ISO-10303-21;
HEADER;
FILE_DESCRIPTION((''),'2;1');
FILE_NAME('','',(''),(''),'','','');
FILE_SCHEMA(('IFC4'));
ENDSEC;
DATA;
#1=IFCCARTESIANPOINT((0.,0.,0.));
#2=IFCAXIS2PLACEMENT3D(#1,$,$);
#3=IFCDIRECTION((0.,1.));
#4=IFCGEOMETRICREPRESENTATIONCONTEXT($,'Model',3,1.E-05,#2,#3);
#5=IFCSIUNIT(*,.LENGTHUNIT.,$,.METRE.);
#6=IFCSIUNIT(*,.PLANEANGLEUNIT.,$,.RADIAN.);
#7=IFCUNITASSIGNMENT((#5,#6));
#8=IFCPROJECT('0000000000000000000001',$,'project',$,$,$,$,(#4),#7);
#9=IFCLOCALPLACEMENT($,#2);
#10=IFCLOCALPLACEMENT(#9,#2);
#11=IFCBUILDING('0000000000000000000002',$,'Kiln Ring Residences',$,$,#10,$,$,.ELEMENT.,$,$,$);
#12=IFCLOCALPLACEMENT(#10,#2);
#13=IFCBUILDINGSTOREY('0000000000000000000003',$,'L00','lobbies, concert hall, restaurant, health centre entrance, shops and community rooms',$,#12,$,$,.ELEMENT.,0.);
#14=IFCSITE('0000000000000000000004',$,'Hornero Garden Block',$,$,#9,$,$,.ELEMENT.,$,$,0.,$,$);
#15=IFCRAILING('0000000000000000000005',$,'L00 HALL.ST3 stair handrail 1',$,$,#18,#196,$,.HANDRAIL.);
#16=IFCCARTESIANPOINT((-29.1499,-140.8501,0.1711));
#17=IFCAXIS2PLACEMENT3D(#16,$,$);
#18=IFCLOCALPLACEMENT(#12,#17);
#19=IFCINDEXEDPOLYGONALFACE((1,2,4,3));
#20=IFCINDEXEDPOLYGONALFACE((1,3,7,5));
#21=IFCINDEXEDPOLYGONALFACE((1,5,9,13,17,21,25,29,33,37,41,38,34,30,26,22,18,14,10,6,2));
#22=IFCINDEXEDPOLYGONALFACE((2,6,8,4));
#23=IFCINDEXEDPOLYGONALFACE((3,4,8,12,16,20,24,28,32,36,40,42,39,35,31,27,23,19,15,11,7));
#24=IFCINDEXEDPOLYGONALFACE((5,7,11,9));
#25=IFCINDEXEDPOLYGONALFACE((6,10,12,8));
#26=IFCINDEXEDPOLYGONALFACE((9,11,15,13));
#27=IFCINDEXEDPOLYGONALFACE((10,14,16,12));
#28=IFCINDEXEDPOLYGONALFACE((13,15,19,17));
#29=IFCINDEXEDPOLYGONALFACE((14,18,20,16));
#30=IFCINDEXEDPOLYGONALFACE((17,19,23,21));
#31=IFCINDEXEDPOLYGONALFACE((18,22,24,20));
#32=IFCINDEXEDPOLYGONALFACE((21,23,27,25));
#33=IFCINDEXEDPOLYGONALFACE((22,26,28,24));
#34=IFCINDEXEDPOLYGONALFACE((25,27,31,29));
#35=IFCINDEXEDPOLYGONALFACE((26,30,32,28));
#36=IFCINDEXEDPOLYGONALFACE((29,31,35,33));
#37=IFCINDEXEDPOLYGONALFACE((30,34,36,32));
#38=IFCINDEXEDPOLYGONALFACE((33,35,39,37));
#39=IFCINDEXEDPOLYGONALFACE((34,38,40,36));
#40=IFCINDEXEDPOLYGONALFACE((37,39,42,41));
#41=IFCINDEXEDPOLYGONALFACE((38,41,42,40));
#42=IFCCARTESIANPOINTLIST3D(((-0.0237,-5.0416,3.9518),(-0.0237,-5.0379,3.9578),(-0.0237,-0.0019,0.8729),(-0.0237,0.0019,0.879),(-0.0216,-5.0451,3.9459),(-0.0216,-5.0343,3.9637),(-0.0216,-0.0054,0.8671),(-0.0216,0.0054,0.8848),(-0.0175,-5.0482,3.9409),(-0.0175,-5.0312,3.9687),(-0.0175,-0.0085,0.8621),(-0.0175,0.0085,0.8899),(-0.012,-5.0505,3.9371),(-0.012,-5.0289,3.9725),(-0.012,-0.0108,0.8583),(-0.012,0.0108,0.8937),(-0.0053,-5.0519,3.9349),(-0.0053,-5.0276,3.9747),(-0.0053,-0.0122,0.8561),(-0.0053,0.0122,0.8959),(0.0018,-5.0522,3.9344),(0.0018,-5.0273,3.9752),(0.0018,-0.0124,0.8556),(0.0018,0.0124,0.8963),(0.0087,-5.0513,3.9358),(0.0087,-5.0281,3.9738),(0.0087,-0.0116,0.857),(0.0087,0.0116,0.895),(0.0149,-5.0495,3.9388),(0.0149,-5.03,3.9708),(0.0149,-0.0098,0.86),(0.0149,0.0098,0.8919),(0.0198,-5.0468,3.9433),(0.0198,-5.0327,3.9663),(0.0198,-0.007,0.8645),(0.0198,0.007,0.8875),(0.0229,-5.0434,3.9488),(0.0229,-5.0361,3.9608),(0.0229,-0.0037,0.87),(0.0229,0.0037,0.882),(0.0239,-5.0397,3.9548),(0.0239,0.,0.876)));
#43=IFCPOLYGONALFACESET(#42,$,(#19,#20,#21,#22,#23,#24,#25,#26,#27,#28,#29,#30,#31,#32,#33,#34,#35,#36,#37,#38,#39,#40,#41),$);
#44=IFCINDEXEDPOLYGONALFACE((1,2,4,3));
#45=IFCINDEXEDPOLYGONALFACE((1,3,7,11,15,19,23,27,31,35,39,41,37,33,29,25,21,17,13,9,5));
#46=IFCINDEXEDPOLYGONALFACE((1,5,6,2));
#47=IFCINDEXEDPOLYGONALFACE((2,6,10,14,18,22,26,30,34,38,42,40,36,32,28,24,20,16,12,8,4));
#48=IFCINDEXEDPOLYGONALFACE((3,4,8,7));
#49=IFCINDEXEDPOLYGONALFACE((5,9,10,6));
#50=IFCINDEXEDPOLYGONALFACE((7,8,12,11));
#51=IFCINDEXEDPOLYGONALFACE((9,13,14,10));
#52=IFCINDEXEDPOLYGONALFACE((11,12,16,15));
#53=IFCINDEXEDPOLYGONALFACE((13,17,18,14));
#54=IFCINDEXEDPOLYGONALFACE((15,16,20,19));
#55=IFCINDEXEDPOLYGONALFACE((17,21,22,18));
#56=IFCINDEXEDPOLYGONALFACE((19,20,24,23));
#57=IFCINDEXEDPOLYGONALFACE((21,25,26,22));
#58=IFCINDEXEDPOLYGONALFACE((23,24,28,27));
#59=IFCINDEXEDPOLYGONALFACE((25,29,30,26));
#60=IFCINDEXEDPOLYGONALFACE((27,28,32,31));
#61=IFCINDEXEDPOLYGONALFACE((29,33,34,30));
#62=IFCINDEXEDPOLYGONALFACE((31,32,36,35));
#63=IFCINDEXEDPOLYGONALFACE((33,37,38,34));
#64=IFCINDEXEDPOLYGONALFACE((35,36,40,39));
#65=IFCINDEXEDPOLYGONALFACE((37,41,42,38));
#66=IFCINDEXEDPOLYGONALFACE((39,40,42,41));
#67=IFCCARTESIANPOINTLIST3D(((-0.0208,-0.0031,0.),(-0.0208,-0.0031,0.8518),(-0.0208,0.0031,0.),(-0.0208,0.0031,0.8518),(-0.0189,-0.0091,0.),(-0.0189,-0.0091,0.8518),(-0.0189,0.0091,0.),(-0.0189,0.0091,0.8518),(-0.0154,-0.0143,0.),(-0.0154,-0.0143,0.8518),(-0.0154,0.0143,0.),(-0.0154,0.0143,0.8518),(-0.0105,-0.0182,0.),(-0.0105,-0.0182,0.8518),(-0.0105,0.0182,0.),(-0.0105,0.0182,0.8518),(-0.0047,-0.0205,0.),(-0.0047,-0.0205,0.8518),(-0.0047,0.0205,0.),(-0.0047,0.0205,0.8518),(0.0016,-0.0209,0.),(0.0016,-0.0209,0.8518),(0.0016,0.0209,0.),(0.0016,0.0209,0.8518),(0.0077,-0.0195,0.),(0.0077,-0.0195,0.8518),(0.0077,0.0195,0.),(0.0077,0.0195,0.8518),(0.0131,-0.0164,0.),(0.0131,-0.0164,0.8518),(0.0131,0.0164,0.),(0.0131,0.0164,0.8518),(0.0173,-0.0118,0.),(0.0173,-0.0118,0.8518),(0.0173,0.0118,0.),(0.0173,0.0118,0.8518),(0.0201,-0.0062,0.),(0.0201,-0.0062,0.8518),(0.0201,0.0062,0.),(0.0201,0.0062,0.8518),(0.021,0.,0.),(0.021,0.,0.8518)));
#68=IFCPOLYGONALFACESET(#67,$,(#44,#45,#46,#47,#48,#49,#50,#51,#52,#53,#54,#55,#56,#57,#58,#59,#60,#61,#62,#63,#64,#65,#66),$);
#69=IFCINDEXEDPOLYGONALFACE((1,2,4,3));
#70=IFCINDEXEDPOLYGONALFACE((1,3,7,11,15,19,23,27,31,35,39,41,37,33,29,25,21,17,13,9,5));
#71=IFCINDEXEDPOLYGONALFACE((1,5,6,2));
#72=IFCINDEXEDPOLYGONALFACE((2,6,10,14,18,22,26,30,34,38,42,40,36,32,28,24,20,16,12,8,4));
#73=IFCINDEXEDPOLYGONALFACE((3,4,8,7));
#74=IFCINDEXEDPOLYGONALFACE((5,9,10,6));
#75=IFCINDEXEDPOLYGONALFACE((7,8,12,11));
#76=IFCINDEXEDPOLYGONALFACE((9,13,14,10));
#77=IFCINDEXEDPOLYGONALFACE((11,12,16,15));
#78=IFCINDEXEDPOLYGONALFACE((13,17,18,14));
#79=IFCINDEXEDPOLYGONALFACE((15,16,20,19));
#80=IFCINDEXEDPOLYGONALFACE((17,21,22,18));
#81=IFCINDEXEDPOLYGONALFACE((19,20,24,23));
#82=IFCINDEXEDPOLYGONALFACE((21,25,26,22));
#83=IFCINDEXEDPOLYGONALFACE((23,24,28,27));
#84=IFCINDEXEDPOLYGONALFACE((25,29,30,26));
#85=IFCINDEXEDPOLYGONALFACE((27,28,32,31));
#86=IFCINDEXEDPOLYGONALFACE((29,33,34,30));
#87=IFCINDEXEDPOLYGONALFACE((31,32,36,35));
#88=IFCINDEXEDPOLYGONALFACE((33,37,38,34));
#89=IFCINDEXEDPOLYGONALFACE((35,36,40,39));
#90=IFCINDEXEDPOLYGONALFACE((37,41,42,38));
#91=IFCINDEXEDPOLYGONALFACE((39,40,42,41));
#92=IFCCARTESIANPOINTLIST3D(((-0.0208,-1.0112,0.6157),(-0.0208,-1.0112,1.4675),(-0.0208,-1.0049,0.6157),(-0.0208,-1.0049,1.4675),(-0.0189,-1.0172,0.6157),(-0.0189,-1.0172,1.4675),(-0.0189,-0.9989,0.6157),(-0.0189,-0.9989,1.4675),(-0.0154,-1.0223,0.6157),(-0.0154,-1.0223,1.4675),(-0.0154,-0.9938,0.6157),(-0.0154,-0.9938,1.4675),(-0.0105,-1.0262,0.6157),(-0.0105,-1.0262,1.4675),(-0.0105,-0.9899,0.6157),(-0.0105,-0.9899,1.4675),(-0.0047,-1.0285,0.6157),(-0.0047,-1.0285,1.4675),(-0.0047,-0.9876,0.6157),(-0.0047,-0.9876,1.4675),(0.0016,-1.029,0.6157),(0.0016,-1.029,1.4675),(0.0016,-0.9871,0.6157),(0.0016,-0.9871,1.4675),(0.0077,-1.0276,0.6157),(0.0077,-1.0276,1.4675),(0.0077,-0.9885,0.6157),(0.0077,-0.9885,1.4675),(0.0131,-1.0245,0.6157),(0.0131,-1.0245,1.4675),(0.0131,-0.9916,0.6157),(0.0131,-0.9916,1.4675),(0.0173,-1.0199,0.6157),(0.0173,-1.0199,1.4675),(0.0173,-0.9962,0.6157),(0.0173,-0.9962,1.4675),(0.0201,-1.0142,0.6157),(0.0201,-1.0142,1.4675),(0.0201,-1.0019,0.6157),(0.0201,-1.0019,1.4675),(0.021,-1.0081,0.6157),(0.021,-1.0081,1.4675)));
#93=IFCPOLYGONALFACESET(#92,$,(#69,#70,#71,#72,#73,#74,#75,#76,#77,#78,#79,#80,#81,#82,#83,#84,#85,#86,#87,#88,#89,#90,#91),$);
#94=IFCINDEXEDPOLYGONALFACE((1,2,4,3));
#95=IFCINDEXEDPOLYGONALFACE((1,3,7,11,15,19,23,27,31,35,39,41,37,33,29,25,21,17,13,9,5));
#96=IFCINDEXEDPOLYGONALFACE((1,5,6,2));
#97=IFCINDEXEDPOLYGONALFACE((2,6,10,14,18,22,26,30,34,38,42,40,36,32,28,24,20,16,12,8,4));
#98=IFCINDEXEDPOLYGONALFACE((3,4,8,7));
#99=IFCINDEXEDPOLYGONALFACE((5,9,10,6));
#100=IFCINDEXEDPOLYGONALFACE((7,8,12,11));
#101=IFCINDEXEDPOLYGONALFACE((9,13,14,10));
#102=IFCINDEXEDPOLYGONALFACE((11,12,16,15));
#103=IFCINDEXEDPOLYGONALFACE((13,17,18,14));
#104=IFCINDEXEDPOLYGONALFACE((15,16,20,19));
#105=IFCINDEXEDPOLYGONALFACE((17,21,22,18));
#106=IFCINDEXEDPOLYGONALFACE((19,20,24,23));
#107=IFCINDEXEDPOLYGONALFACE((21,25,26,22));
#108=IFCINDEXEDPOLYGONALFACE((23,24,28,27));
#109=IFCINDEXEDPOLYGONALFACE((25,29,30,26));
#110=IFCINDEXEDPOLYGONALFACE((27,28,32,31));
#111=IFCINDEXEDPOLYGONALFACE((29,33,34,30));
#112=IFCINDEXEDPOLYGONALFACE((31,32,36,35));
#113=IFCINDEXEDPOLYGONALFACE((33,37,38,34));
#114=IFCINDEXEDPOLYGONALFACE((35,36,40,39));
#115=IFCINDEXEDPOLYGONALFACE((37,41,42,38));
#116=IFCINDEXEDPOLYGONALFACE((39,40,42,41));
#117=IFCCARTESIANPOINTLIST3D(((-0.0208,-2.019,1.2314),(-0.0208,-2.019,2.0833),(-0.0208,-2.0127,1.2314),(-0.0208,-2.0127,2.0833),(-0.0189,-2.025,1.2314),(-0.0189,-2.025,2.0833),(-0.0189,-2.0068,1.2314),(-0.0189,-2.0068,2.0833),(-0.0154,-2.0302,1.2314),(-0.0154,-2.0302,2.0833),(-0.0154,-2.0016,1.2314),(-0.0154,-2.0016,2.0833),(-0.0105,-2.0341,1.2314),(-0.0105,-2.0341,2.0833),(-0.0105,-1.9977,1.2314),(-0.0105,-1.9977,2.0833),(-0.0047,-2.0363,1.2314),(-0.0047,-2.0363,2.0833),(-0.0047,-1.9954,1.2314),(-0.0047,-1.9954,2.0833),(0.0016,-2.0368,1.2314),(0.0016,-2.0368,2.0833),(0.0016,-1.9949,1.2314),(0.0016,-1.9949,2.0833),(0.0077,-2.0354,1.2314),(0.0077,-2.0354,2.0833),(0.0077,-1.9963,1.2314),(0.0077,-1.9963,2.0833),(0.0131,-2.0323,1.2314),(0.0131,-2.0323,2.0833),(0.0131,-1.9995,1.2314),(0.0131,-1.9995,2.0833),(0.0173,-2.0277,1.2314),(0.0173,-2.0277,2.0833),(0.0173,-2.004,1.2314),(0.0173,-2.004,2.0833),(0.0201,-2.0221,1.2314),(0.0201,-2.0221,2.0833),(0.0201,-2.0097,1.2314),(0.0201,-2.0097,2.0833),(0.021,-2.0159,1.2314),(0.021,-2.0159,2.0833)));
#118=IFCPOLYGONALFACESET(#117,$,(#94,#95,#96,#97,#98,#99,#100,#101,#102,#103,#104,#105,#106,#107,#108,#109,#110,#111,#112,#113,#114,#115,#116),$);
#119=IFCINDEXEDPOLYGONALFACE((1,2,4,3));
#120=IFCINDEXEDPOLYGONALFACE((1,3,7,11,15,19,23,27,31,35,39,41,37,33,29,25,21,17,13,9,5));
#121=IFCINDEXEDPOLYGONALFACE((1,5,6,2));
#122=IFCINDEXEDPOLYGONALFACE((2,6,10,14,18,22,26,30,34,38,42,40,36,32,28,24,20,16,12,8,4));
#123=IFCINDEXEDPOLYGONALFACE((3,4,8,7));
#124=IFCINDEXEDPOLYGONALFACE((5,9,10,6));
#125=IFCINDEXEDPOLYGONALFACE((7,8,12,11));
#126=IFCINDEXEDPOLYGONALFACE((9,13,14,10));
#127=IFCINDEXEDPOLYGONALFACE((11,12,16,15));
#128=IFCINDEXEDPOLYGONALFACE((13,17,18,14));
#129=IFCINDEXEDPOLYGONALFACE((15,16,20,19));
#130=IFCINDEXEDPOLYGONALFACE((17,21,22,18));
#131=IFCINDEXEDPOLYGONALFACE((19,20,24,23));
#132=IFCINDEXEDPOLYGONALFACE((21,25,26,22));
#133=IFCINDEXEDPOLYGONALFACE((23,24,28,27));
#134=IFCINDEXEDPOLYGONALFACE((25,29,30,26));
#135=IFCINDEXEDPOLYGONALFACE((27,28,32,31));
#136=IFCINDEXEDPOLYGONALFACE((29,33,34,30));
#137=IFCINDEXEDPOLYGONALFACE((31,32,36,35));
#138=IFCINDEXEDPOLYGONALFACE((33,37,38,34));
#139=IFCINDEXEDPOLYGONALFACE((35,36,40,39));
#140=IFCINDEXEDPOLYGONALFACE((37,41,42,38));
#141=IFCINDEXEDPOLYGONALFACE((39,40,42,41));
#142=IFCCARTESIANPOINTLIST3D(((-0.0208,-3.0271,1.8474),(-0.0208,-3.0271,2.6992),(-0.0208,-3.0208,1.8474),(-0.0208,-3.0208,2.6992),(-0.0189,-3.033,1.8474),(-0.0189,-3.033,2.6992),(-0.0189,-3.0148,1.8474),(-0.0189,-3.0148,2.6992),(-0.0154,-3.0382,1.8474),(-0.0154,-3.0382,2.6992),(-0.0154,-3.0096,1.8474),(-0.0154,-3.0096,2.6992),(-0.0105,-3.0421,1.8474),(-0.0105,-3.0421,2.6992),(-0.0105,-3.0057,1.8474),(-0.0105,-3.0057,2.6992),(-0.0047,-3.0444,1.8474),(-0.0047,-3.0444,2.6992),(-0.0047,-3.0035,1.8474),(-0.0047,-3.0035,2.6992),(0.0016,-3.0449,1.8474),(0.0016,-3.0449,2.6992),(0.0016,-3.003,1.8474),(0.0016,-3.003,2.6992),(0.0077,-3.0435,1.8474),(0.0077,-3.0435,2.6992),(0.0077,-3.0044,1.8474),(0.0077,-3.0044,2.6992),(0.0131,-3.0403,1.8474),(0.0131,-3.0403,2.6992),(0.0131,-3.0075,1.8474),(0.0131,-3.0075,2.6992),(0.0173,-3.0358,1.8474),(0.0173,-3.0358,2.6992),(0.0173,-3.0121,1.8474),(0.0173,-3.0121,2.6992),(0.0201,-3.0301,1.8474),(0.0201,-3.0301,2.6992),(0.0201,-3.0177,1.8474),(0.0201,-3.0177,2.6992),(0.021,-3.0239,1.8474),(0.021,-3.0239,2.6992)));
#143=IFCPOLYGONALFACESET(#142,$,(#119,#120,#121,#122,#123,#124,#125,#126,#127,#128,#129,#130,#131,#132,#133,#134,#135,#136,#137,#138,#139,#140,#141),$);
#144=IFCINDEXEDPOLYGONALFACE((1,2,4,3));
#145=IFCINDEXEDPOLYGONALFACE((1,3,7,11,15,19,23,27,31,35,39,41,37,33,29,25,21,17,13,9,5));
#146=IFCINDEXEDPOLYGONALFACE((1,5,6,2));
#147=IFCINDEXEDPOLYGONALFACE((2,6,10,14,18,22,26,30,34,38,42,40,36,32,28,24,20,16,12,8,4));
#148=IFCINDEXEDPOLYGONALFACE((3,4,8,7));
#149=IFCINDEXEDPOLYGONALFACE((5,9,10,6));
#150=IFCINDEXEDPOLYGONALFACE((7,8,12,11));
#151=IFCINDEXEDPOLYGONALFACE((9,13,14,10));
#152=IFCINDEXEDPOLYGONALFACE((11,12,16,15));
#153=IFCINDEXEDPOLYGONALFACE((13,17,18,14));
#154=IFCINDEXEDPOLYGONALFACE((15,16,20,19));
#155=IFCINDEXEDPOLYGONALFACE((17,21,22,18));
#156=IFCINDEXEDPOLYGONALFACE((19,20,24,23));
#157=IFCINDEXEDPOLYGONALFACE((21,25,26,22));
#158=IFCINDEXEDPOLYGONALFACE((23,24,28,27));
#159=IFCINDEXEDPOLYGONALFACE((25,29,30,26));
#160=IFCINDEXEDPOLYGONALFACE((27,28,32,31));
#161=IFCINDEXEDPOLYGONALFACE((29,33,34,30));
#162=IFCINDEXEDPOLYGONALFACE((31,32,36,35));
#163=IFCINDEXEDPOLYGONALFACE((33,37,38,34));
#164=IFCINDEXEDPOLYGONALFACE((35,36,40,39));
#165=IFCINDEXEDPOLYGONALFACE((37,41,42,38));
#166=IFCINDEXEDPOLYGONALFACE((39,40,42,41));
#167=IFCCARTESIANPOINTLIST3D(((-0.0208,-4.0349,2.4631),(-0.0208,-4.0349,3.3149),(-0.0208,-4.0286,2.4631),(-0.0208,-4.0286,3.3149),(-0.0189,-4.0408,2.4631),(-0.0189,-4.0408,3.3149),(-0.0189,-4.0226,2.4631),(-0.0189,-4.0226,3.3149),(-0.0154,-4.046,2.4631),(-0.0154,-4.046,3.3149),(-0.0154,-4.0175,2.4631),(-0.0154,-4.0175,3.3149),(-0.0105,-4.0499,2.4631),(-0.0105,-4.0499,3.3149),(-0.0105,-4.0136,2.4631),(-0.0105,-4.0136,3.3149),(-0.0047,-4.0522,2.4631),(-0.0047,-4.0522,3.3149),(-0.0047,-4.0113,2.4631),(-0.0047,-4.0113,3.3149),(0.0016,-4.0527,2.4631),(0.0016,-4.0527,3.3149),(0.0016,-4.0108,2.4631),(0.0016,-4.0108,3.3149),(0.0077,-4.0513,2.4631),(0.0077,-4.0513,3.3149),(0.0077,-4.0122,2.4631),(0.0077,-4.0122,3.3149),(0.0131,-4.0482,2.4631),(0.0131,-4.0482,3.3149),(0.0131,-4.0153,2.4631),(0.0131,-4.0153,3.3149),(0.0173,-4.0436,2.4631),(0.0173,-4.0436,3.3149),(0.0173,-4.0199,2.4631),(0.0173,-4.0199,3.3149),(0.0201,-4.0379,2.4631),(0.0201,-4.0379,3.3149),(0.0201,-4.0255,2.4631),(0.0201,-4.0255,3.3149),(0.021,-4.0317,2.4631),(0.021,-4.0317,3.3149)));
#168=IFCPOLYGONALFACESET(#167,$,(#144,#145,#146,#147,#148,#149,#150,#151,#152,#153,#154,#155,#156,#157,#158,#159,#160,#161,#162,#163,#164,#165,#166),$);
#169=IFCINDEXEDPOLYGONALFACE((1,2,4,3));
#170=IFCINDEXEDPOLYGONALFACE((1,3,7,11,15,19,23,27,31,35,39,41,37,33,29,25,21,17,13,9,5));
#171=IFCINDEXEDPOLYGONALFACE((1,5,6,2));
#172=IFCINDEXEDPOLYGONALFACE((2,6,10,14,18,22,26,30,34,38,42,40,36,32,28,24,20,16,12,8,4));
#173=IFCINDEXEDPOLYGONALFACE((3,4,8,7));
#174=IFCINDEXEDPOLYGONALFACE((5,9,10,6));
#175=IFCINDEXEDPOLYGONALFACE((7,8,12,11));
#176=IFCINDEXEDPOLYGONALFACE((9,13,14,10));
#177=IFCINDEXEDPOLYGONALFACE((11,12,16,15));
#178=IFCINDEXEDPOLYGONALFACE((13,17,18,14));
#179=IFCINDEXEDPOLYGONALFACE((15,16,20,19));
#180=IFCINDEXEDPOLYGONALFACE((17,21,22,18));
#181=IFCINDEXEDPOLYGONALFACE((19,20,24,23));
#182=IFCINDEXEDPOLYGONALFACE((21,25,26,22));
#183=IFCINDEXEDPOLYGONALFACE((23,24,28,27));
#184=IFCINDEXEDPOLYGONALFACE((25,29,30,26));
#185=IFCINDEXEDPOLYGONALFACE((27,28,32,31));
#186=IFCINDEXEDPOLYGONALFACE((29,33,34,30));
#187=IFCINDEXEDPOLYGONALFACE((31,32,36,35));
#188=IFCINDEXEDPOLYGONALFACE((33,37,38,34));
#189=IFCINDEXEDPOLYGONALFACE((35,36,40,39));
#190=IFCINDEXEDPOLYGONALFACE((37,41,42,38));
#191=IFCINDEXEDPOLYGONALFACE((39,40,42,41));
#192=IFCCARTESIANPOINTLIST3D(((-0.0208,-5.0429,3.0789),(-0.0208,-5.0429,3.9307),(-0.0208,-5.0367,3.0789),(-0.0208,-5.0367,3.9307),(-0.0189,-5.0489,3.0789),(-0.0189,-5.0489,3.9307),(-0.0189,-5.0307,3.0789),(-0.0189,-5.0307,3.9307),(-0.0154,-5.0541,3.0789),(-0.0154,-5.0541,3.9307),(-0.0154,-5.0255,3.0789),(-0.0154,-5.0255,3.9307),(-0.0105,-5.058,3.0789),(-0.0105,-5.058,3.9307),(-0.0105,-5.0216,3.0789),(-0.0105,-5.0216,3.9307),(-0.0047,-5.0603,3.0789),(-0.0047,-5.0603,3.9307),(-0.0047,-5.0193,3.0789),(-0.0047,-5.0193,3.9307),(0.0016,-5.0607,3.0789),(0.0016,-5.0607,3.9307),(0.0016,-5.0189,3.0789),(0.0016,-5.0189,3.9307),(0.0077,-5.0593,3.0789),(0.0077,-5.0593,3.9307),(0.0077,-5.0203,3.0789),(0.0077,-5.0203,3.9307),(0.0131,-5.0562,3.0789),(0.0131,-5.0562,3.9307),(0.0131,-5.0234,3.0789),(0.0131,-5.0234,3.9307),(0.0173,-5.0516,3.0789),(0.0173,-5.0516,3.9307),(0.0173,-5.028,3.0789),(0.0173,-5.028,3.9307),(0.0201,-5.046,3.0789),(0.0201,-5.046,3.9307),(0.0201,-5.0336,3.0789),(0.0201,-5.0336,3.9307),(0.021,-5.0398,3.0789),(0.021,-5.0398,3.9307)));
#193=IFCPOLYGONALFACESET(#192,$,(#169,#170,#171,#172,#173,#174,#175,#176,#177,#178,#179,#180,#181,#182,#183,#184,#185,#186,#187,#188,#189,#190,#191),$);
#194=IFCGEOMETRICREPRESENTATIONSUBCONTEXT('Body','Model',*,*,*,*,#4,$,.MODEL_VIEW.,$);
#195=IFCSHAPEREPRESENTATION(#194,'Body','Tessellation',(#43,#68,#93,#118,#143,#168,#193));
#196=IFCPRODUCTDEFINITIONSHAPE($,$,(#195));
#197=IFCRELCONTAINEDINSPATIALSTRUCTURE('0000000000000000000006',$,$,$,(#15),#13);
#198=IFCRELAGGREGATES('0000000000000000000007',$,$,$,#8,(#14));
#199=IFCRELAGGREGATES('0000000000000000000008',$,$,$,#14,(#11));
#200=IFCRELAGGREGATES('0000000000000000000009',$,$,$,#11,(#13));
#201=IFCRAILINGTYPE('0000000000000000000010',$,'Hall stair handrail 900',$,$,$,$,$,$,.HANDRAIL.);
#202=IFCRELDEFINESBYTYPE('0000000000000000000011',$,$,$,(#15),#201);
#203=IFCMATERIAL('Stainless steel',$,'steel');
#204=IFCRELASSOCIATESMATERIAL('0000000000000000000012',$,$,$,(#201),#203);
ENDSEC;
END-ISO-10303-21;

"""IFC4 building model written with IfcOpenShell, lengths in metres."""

from ifc_helpers import new_model, si_unit, direction, frame, origin, origin_2d, place, context, subcontext, project, spatial, circle, extrude, material, type_object, element, save


model = new_model("IFC4")

# Units and contexts
model_context = context("Model", 3, precision=1e-05, world=origin(), true_north=direction((0.0, 1.0)))
body_context = subcontext(model_context, "Body", "Model", "MODEL_VIEW")
ifc_project = project(units=[si_unit("LENGTHUNIT", "METRE"), si_unit("PLANEANGLEUNIT", "RADIAN")], contexts=[model_context])

# Site, building, storey
site_placement = place(None, origin())
site = spatial("IfcSite", under=ifc_project, at=site_placement, Name="Hornero Garden Block", CompositionType="ELEMENT", RefElevation=0.0)
building_placement = place(site_placement, origin())
building = spatial("IfcBuilding", under=site, at=building_placement, Name="Kiln Ring Residences", CompositionType="ELEMENT")
storey_placement = place(building_placement, origin())
storey = spatial("IfcBuildingStorey", under=building, at=storey_placement, Name="L00", Description="lobbies, concert hall, restaurant, health centre entrance, shops and community rooms", CompositionType="ELEMENT", Elevation=0.0)

# Railing
ifc_material_1 = material(Name="Stainless steel", Category="steel")
railing_type_1 = type_object("IfcRailingType", Name="Hall stair handrail 900", PredefinedType="HANDRAIL", material=ifc_material_1)
railing_1_placement = place(storey_placement, frame((-29.1499, -140.8501, 0.1711)))
element("IfcRailing", 1, at=railing_1_placement, inside=storey, type_object=railing_type_1, Name="L00 HALL.ST3 stair handrail 1", PredefinedType="HANDRAIL", context=body_context, shape_type="SweptSolid", body=[
    extrude(circle(Radius=0.0239, at=origin_2d()), frame((0.0, 0.0, 0.876), z_axis=(0.0, -0.853358, 0.521325), x_axis=(1.0, 0.0, 0.0)), (0.0, 0.0, 1.0), 5.9058),
    extrude(circle(Radius=0.021, at=origin_2d()), origin(), (0.0, 0.0, 1.0), 0.8518),
    extrude(circle(Radius=0.021, at=origin_2d()), frame((0.0, -1.0081, 0.6157)), (0.0, 0.0, 1.0), 0.8518),
    extrude(circle(Radius=0.021, at=origin_2d()), frame((0.0, -2.0159, 1.2314)), (0.0, 0.0, 1.0), 0.8518),
    extrude(circle(Radius=0.021, at=origin_2d()), frame((0.0, -3.0239, 1.8474)), (0.0, 0.0, 1.0), 0.8518),
    extrude(circle(Radius=0.021, at=origin_2d()), frame((0.0, -4.0317, 2.4631)), (0.0, 0.0, 1.0), 0.8518),
    extrude(circle(Radius=0.021, at=origin_2d()), frame((0.0, -5.0398, 3.0789)), (0.0, 0.0, 1.0), 0.8518),
])

save(model, "model.ifc")
